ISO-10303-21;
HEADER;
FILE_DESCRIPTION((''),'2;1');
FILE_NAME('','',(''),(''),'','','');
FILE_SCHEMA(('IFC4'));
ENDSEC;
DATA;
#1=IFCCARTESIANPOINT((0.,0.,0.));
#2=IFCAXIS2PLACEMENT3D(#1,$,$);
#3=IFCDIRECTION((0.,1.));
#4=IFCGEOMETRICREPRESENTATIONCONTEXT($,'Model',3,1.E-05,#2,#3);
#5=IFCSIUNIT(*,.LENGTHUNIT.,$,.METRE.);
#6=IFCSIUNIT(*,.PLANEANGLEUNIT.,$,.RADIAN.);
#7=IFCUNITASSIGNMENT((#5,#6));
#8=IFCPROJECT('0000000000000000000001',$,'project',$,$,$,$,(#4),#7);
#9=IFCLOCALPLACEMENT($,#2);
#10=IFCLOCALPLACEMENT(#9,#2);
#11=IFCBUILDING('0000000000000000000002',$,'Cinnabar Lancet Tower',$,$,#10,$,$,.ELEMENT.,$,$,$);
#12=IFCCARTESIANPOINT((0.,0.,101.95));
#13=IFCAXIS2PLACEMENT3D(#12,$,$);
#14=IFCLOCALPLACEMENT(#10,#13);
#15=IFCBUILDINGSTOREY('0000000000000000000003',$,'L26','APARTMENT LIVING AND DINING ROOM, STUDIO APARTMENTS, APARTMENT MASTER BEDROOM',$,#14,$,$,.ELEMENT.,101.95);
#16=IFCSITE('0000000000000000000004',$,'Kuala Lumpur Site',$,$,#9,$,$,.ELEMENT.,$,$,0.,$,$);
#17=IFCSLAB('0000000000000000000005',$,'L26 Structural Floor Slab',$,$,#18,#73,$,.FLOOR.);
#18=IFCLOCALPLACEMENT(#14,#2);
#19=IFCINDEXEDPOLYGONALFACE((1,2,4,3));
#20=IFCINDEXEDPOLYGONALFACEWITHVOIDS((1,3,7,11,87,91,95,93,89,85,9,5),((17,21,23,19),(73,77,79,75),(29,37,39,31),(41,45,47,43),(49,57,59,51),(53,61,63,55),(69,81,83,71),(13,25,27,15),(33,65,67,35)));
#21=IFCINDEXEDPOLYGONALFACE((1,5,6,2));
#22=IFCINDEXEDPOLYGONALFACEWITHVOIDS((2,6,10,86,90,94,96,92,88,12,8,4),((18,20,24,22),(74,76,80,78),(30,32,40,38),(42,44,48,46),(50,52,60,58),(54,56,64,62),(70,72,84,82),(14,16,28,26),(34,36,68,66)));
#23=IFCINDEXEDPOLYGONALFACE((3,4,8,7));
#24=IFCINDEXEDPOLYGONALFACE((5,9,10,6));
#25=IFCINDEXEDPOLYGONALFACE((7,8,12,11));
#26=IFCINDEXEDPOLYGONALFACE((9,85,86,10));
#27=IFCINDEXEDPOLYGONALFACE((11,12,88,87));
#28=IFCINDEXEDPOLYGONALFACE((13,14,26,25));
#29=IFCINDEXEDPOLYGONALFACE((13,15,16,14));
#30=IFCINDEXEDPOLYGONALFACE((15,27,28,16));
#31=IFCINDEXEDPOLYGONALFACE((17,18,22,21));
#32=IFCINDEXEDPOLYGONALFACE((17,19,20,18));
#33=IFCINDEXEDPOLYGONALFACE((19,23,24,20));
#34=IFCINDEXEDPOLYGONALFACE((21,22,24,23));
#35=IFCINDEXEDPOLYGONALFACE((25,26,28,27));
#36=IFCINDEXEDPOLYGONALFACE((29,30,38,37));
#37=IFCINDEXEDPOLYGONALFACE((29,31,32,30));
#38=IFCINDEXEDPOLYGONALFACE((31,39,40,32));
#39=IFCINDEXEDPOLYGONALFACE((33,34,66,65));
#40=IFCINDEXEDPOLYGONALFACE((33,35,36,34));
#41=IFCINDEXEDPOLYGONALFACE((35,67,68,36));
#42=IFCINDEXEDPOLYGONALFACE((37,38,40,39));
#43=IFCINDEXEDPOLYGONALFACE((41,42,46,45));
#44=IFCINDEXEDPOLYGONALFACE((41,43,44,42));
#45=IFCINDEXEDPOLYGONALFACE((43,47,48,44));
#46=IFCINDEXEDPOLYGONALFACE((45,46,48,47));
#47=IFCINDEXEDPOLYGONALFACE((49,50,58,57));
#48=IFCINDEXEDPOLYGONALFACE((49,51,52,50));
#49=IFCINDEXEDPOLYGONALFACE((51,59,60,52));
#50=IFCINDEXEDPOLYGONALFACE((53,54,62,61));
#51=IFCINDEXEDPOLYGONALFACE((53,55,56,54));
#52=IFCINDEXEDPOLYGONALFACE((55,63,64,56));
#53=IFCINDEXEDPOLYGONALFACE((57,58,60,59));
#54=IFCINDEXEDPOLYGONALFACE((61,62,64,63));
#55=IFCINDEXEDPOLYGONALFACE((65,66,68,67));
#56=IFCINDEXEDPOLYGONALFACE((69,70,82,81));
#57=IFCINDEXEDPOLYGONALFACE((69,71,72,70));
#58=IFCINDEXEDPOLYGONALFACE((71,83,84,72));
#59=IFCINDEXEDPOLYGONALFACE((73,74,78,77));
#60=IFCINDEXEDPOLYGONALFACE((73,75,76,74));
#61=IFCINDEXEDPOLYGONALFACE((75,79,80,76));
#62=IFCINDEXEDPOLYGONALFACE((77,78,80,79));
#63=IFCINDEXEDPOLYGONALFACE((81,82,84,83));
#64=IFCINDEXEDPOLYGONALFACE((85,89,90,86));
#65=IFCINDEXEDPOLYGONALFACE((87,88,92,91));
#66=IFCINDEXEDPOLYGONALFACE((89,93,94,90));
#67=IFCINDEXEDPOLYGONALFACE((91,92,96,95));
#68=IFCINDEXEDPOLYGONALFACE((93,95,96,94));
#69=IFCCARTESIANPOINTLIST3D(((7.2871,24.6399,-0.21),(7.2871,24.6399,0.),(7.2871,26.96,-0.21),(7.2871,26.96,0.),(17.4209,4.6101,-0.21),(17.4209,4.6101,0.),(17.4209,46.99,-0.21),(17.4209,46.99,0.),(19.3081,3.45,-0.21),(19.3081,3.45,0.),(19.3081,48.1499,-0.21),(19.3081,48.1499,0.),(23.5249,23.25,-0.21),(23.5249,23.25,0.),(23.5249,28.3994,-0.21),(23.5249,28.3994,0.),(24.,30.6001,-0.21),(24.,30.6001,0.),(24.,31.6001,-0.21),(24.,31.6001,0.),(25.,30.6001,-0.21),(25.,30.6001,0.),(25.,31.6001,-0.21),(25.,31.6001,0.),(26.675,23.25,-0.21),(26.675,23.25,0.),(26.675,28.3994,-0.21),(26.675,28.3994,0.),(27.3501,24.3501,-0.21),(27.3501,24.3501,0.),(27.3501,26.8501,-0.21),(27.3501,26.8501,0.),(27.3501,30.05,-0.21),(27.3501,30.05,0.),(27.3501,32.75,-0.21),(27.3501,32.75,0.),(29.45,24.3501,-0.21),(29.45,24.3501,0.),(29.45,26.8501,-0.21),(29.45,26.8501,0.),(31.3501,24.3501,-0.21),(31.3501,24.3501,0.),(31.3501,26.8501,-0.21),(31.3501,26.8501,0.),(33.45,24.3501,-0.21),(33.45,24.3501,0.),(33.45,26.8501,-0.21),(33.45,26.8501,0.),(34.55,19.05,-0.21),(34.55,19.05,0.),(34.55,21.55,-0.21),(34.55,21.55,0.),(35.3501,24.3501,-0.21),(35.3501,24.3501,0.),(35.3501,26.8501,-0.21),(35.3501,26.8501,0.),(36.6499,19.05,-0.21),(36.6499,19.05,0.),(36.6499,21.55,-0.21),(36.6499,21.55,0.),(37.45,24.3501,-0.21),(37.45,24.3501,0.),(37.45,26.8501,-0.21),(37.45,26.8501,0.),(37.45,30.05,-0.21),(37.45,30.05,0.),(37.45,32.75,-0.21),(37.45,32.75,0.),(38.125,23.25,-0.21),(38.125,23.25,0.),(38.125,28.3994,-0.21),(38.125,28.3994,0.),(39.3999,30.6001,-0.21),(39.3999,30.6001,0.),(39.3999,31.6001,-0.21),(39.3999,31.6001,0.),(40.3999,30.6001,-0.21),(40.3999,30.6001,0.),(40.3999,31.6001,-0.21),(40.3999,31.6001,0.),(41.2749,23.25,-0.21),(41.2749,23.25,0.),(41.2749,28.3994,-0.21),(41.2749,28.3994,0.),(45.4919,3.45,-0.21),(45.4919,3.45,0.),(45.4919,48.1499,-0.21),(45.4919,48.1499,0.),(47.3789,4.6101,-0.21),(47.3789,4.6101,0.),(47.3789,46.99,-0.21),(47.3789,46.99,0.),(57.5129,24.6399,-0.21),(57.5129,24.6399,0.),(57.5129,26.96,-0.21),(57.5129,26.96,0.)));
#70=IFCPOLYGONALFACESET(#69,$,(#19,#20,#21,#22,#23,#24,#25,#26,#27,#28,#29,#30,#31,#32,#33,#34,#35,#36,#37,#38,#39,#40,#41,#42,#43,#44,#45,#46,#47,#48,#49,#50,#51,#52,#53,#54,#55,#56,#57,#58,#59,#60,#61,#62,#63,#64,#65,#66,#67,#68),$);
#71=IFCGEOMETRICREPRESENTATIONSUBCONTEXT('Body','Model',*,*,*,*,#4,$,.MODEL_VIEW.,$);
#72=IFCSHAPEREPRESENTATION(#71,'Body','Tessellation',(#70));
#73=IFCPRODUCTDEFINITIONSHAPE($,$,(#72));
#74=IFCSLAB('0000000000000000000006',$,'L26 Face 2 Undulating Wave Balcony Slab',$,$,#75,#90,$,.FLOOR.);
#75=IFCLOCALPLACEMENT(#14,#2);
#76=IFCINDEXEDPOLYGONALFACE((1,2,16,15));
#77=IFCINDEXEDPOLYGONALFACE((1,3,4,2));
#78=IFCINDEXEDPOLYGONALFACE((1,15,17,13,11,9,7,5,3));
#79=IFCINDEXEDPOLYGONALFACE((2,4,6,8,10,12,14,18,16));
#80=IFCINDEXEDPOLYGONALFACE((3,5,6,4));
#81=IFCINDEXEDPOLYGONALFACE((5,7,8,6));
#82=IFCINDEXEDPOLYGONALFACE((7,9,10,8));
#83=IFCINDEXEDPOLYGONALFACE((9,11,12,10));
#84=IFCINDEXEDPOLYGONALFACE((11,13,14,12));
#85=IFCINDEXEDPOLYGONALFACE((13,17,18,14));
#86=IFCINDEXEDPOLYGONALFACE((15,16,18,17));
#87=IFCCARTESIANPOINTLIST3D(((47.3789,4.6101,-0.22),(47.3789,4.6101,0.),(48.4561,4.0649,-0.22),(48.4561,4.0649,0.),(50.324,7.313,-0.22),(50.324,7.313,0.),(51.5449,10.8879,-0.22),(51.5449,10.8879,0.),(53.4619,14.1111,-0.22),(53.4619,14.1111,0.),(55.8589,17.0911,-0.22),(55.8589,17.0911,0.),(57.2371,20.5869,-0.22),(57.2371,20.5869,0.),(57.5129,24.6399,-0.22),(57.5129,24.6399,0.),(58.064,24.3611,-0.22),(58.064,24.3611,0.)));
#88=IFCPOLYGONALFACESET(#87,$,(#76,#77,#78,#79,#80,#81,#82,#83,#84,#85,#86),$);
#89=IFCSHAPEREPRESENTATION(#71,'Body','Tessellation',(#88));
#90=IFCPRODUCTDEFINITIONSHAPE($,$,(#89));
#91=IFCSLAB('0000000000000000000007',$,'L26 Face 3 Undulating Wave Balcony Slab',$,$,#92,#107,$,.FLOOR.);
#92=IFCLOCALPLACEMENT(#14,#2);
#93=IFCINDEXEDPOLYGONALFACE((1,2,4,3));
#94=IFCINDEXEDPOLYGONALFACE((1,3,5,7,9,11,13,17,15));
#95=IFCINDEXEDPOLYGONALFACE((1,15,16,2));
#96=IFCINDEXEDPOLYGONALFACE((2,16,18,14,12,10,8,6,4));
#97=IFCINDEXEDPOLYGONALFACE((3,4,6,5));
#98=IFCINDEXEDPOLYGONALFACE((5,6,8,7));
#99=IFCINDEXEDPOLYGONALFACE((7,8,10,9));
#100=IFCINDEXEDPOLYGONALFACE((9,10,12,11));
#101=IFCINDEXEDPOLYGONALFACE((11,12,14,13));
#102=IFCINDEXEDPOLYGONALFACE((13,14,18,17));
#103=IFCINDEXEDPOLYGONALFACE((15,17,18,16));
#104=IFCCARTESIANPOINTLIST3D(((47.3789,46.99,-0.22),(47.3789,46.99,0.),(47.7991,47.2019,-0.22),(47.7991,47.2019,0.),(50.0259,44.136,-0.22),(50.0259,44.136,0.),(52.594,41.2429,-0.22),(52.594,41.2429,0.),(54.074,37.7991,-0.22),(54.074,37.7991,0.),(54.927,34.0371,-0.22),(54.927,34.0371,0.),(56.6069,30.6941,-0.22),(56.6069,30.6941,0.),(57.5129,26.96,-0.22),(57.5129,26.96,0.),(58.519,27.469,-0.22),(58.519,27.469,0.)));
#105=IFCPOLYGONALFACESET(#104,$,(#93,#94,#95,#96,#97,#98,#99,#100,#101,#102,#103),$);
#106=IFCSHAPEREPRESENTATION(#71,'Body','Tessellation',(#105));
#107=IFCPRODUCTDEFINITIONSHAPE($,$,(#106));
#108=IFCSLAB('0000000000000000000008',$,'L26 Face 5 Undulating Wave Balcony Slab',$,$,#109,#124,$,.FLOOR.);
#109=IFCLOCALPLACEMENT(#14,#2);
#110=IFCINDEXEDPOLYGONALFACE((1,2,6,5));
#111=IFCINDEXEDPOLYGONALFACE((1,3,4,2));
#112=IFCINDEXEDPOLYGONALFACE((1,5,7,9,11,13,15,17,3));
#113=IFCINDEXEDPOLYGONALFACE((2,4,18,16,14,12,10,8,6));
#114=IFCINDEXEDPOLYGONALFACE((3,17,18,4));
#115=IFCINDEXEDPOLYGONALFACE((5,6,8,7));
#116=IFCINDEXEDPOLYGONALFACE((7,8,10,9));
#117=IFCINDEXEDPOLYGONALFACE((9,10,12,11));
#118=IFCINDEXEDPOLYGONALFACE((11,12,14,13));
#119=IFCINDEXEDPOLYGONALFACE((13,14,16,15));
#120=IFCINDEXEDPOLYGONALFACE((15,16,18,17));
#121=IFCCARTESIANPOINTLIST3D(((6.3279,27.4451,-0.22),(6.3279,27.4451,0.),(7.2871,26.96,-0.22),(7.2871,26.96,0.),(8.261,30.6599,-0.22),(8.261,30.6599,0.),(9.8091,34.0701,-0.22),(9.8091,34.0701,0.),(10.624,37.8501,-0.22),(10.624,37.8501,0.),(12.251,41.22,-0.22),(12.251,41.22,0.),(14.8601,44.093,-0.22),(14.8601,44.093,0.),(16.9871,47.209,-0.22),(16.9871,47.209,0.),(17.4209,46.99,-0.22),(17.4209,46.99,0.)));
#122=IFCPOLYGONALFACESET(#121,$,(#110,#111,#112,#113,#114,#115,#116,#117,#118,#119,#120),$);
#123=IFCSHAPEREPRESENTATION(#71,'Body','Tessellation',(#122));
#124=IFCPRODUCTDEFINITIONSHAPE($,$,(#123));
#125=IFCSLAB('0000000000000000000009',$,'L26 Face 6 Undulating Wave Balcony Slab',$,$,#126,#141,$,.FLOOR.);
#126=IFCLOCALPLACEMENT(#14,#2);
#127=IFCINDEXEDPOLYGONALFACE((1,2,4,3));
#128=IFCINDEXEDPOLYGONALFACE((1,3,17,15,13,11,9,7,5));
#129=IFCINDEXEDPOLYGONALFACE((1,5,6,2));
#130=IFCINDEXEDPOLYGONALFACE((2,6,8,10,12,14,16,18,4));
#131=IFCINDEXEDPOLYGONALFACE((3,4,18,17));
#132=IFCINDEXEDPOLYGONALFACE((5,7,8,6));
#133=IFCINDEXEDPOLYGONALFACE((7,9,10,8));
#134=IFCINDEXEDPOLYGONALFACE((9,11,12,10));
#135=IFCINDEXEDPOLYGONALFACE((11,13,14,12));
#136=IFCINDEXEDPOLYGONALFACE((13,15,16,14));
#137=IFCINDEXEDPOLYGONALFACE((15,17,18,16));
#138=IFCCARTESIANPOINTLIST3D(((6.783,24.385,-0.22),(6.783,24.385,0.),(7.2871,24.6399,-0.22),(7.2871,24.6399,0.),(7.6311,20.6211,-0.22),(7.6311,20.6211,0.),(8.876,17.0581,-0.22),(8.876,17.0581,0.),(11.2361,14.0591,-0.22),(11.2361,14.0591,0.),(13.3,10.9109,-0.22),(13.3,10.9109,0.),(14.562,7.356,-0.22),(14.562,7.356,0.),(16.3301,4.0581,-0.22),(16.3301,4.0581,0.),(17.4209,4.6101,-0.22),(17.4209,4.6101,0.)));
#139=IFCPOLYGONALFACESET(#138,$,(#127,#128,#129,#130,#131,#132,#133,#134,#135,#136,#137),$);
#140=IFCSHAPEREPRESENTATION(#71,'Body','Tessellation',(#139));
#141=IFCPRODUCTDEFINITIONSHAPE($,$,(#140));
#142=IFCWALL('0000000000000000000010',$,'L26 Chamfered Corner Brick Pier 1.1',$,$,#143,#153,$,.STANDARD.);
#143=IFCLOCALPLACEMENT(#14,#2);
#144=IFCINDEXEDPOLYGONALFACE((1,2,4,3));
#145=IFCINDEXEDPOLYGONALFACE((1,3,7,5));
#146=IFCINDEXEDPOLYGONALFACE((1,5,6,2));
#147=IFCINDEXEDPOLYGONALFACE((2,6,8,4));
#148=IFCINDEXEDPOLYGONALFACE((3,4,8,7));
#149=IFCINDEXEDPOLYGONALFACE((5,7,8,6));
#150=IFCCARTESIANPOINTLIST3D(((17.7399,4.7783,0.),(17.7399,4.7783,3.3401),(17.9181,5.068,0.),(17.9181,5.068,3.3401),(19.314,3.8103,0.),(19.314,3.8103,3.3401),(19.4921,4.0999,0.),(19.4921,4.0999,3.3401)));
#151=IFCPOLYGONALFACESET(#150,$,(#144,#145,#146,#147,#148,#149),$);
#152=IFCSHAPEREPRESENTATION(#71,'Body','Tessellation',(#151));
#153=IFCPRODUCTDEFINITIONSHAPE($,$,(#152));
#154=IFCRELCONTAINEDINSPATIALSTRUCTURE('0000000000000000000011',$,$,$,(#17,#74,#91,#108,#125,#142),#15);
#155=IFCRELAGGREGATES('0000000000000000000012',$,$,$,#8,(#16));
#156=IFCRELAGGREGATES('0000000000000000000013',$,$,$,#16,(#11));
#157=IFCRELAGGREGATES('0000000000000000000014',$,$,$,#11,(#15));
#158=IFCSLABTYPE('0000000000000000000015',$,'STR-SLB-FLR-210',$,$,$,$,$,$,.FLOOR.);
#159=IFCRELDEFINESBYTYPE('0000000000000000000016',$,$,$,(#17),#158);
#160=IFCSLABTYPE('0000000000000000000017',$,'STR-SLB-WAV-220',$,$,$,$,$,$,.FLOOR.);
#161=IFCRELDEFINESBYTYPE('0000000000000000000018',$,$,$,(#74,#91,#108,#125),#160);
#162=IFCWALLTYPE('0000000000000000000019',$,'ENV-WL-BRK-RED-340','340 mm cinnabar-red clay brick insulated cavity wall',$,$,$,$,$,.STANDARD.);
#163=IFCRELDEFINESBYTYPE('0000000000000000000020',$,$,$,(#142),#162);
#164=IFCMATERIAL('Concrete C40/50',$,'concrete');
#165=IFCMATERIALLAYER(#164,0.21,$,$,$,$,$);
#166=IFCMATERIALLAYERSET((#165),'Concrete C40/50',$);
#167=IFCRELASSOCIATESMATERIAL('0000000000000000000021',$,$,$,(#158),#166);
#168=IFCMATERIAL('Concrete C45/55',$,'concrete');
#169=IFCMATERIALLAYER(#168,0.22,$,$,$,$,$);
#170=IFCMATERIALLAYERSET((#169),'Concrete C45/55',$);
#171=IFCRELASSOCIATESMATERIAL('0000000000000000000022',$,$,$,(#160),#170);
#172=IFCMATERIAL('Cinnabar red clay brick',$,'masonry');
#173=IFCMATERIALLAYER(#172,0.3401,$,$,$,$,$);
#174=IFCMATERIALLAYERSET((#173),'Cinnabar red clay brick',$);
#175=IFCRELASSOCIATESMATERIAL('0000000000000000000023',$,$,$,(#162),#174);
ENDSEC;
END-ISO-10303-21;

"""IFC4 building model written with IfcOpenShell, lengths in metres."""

from ifc_helpers import new_model, si_unit, direction, frame, frame_2d, origin, place, context, subcontext, project, spatial, polyline, rectangle, outline, extrude, material, layer, layer_set, type_object, element, save


model = new_model("IFC4")

# Units and contexts
model_context = context("Model", 3, precision=1e-05, world=origin(), true_north=direction((0.0, 1.0)))
body_context = subcontext(model_context, "Body", "Model", "MODEL_VIEW")
ifc_project = project(units=[si_unit("LENGTHUNIT", "METRE"), si_unit("PLANEANGLEUNIT", "RADIAN")], contexts=[model_context])

# Site, building, storey
site_placement = place(None, origin())
site = spatial("IfcSite", under=ifc_project, at=site_placement, Name="Kuala Lumpur Site", CompositionType="ELEMENT", RefElevation=0.0)
building_placement = place(site_placement, origin())
building = spatial("IfcBuilding", under=site, at=building_placement, Name="Cinnabar Lancet Tower", CompositionType="ELEMENT")
storey_placement = place(building_placement, frame((0.0, 0.0, 101.95)))
storey = spatial("IfcBuildingStorey", under=building, at=storey_placement, Name="L26", Description="APARTMENT LIVING AND DINING ROOM, STUDIO APARTMENTS, APARTMENT MASTER BEDROOM", CompositionType="ELEMENT", Elevation=101.95)

# Slabs
ifc_material_1 = material(Name="Concrete C40/50", Category="concrete")
ifc_layer_1 = layer(ifc_material_1, 0.21)
ifc_layer_set_1 = layer_set([ifc_layer_1], Name="Concrete C40/50")
slab_type_1 = type_object("IfcSlabType", Name="STR-SLB-FLR-210", PredefinedType="FLOOR", material=ifc_layer_set_1)
slab_1_placement = place(storey_placement, frame((0.0, 0.0, -0.21)))
element("IfcSlab", 1, at=slab_1_placement, inside=storey, type_object=slab_type_1, Name="L26 Structural Floor Slab", PredefinedType="FLOOR", context=body_context, shape_type="SweptSolid", body=[
    extrude(outline(polyline([(17.4209, 4.6101), (19.3081, 3.45), (45.4919, 3.45), (47.3789, 4.6101), (57.5129, 24.6399), (57.5129, 26.96), (47.3789, 46.99), (45.4919, 48.1499), (19.3081, 48.1499), (17.4209, 46.99), (7.2871, 26.96), (7.2871, 24.6399), (17.4209, 4.6101)]), holes=[polyline([(23.5249, 23.25), (26.675, 23.25), (26.675, 28.3994), (23.5249, 28.3994), (23.5249, 23.25)]), polyline([(38.125, 23.25), (41.2749, 23.25), (41.2749, 28.3994), (38.125, 28.3994), (38.125, 23.25)]), polyline([(27.3501, 30.05), (37.45, 30.05), (37.45, 32.75), (27.3501, 32.75), (27.3501, 30.05)]), polyline([(34.55, 19.05), (36.6499, 19.05), (36.6499, 21.55), (34.55, 21.55), (34.55, 19.05)]), polyline([(27.3501, 24.3501), (29.45, 24.3501), (29.45, 26.8501), (27.3501, 26.8501), (27.3501, 24.3501)]), polyline([(35.3501, 24.3501), (37.45, 24.3501), (37.45, 26.8501), (35.3501, 26.8501), (35.3501, 24.3501)]), polyline([(31.3501, 24.3501), (33.45, 24.3501), (33.45, 26.8501), (31.3501, 26.8501), (31.3501, 24.3501)]), polyline([(24.0, 30.6001), (25.0, 30.6001), (25.0, 31.6001), (24.0, 31.6001), (24.0, 30.6001)]), polyline([(39.3999, 30.6001), (40.3999, 30.6001), (40.3999, 31.6001), (39.3999, 31.6001), (39.3999, 30.6001)])]), origin(), (0.0, 0.0, 1.0), 0.21),
])
ifc_material_2 = material(Name="Concrete C45/55", Category="concrete")
ifc_layer_2 = layer(ifc_material_2, 0.22)
ifc_layer_set_2 = layer_set([ifc_layer_2], Name="Concrete C45/55")
slab_type_2 = type_object("IfcSlabType", Name="STR-SLB-WAV-220", PredefinedType="FLOOR", material=ifc_layer_set_2)
slab_2_placement = place(storey_placement, frame((0.0, 0.0, -0.22)))
element("IfcSlab", 2, at=slab_2_placement, inside=storey, type_object=slab_type_2, Name="L26 Face 2 Undulating Wave Balcony Slab", PredefinedType="FLOOR", context=body_context, shape_type="SweptSolid", body=[
    extrude(outline(polyline([(47.3789, 4.6101), (48.4561, 4.0649), (50.324, 7.313), (51.5449, 10.8879), (53.4619, 14.1111), (55.8589, 17.0911), (57.2371, 20.5869), (58.064, 24.3611), (57.5129, 24.6399), (47.3789, 4.6101)])), origin(), (0.0, 0.0, 1.0), 0.22),
])
slab_3_placement = place(storey_placement, frame((0.0, 0.0, -0.22)))
element("IfcSlab", 3, at=slab_3_placement, inside=storey, type_object=slab_type_2, Name="L26 Face 3 Undulating Wave Balcony Slab", PredefinedType="FLOOR", context=body_context, shape_type="SweptSolid", body=[
    extrude(outline(polyline([(57.5129, 26.96), (58.519, 27.469), (56.6069, 30.6941), (54.927, 34.0371), (54.074, 37.7991), (52.594, 41.2429), (50.0259, 44.136), (47.7991, 47.2019), (47.3789, 46.99), (57.5129, 26.96)])), origin(), (0.0, 0.0, 1.0), 0.22),
])
slab_4_placement = place(storey_placement, frame((0.0, 0.0, -0.22)))
element("IfcSlab", 4, at=slab_4_placement, inside=storey, type_object=slab_type_2, Name="L26 Face 5 Undulating Wave Balcony Slab", PredefinedType="FLOOR", context=body_context, shape_type="SweptSolid", body=[
    extrude(outline(polyline([(17.4209, 46.99), (16.9871, 47.209), (14.8601, 44.093), (12.251, 41.22), (10.624, 37.8501), (9.8091, 34.0701), (8.261, 30.6599), (6.3279, 27.4451), (7.2871, 26.96), (17.4209, 46.99)])), origin(), (0.0, 0.0, 1.0), 0.22),
])
slab_5_placement = place(storey_placement, frame((0.0, 0.0, -0.22)))
element("IfcSlab", 5, at=slab_5_placement, inside=storey, type_object=slab_type_2, Name="L26 Face 6 Undulating Wave Balcony Slab", PredefinedType="FLOOR", context=body_context, shape_type="SweptSolid", body=[
    extrude(outline(polyline([(7.2871, 24.6399), (6.783, 24.385), (7.6311, 20.6211), (8.876, 17.0581), (11.2361, 14.0591), (13.3, 10.9109), (14.562, 7.356), (16.3301, 4.0581), (17.4209, 4.6101), (7.2871, 24.6399)])), origin(), (0.0, 0.0, 1.0), 0.22),
])

# Wall
ifc_material_3 = material(Name="Cinnabar red clay brick", Category="masonry")
ifc_layer_3 = layer(ifc_material_3, 0.3401)
ifc_layer_set_3 = layer_set([ifc_layer_3], Name="Cinnabar red clay brick")
wall_type = type_object("IfcWallType", Name="ENV-WL-BRK-RED-340", Description="340 mm cinnabar-red clay brick insulated cavity wall", PredefinedType="STANDARD", material=ifc_layer_set_3)
wall_1_placement = place(storey_placement, frame((17.8291, 4.9231, 0.0), z_axis=(0.0, 0.0, 1.0), x_axis=(0.851799, -0.523869, 0.0)))
element("IfcWall", 6, at=wall_1_placement, inside=storey, type_object=wall_type, Name="L26 Chamfered Corner Brick Pier 1.1", PredefinedType="STANDARD", context=body_context, shape_type="SweptSolid", body=[
    extrude(rectangle(XDim=1.8479, YDim=0.3401, at=frame_2d((0.9238, 0.0))), origin(), (0.0, 0.0, 1.0), 3.3401),
])

save(model, "model.ifc")
